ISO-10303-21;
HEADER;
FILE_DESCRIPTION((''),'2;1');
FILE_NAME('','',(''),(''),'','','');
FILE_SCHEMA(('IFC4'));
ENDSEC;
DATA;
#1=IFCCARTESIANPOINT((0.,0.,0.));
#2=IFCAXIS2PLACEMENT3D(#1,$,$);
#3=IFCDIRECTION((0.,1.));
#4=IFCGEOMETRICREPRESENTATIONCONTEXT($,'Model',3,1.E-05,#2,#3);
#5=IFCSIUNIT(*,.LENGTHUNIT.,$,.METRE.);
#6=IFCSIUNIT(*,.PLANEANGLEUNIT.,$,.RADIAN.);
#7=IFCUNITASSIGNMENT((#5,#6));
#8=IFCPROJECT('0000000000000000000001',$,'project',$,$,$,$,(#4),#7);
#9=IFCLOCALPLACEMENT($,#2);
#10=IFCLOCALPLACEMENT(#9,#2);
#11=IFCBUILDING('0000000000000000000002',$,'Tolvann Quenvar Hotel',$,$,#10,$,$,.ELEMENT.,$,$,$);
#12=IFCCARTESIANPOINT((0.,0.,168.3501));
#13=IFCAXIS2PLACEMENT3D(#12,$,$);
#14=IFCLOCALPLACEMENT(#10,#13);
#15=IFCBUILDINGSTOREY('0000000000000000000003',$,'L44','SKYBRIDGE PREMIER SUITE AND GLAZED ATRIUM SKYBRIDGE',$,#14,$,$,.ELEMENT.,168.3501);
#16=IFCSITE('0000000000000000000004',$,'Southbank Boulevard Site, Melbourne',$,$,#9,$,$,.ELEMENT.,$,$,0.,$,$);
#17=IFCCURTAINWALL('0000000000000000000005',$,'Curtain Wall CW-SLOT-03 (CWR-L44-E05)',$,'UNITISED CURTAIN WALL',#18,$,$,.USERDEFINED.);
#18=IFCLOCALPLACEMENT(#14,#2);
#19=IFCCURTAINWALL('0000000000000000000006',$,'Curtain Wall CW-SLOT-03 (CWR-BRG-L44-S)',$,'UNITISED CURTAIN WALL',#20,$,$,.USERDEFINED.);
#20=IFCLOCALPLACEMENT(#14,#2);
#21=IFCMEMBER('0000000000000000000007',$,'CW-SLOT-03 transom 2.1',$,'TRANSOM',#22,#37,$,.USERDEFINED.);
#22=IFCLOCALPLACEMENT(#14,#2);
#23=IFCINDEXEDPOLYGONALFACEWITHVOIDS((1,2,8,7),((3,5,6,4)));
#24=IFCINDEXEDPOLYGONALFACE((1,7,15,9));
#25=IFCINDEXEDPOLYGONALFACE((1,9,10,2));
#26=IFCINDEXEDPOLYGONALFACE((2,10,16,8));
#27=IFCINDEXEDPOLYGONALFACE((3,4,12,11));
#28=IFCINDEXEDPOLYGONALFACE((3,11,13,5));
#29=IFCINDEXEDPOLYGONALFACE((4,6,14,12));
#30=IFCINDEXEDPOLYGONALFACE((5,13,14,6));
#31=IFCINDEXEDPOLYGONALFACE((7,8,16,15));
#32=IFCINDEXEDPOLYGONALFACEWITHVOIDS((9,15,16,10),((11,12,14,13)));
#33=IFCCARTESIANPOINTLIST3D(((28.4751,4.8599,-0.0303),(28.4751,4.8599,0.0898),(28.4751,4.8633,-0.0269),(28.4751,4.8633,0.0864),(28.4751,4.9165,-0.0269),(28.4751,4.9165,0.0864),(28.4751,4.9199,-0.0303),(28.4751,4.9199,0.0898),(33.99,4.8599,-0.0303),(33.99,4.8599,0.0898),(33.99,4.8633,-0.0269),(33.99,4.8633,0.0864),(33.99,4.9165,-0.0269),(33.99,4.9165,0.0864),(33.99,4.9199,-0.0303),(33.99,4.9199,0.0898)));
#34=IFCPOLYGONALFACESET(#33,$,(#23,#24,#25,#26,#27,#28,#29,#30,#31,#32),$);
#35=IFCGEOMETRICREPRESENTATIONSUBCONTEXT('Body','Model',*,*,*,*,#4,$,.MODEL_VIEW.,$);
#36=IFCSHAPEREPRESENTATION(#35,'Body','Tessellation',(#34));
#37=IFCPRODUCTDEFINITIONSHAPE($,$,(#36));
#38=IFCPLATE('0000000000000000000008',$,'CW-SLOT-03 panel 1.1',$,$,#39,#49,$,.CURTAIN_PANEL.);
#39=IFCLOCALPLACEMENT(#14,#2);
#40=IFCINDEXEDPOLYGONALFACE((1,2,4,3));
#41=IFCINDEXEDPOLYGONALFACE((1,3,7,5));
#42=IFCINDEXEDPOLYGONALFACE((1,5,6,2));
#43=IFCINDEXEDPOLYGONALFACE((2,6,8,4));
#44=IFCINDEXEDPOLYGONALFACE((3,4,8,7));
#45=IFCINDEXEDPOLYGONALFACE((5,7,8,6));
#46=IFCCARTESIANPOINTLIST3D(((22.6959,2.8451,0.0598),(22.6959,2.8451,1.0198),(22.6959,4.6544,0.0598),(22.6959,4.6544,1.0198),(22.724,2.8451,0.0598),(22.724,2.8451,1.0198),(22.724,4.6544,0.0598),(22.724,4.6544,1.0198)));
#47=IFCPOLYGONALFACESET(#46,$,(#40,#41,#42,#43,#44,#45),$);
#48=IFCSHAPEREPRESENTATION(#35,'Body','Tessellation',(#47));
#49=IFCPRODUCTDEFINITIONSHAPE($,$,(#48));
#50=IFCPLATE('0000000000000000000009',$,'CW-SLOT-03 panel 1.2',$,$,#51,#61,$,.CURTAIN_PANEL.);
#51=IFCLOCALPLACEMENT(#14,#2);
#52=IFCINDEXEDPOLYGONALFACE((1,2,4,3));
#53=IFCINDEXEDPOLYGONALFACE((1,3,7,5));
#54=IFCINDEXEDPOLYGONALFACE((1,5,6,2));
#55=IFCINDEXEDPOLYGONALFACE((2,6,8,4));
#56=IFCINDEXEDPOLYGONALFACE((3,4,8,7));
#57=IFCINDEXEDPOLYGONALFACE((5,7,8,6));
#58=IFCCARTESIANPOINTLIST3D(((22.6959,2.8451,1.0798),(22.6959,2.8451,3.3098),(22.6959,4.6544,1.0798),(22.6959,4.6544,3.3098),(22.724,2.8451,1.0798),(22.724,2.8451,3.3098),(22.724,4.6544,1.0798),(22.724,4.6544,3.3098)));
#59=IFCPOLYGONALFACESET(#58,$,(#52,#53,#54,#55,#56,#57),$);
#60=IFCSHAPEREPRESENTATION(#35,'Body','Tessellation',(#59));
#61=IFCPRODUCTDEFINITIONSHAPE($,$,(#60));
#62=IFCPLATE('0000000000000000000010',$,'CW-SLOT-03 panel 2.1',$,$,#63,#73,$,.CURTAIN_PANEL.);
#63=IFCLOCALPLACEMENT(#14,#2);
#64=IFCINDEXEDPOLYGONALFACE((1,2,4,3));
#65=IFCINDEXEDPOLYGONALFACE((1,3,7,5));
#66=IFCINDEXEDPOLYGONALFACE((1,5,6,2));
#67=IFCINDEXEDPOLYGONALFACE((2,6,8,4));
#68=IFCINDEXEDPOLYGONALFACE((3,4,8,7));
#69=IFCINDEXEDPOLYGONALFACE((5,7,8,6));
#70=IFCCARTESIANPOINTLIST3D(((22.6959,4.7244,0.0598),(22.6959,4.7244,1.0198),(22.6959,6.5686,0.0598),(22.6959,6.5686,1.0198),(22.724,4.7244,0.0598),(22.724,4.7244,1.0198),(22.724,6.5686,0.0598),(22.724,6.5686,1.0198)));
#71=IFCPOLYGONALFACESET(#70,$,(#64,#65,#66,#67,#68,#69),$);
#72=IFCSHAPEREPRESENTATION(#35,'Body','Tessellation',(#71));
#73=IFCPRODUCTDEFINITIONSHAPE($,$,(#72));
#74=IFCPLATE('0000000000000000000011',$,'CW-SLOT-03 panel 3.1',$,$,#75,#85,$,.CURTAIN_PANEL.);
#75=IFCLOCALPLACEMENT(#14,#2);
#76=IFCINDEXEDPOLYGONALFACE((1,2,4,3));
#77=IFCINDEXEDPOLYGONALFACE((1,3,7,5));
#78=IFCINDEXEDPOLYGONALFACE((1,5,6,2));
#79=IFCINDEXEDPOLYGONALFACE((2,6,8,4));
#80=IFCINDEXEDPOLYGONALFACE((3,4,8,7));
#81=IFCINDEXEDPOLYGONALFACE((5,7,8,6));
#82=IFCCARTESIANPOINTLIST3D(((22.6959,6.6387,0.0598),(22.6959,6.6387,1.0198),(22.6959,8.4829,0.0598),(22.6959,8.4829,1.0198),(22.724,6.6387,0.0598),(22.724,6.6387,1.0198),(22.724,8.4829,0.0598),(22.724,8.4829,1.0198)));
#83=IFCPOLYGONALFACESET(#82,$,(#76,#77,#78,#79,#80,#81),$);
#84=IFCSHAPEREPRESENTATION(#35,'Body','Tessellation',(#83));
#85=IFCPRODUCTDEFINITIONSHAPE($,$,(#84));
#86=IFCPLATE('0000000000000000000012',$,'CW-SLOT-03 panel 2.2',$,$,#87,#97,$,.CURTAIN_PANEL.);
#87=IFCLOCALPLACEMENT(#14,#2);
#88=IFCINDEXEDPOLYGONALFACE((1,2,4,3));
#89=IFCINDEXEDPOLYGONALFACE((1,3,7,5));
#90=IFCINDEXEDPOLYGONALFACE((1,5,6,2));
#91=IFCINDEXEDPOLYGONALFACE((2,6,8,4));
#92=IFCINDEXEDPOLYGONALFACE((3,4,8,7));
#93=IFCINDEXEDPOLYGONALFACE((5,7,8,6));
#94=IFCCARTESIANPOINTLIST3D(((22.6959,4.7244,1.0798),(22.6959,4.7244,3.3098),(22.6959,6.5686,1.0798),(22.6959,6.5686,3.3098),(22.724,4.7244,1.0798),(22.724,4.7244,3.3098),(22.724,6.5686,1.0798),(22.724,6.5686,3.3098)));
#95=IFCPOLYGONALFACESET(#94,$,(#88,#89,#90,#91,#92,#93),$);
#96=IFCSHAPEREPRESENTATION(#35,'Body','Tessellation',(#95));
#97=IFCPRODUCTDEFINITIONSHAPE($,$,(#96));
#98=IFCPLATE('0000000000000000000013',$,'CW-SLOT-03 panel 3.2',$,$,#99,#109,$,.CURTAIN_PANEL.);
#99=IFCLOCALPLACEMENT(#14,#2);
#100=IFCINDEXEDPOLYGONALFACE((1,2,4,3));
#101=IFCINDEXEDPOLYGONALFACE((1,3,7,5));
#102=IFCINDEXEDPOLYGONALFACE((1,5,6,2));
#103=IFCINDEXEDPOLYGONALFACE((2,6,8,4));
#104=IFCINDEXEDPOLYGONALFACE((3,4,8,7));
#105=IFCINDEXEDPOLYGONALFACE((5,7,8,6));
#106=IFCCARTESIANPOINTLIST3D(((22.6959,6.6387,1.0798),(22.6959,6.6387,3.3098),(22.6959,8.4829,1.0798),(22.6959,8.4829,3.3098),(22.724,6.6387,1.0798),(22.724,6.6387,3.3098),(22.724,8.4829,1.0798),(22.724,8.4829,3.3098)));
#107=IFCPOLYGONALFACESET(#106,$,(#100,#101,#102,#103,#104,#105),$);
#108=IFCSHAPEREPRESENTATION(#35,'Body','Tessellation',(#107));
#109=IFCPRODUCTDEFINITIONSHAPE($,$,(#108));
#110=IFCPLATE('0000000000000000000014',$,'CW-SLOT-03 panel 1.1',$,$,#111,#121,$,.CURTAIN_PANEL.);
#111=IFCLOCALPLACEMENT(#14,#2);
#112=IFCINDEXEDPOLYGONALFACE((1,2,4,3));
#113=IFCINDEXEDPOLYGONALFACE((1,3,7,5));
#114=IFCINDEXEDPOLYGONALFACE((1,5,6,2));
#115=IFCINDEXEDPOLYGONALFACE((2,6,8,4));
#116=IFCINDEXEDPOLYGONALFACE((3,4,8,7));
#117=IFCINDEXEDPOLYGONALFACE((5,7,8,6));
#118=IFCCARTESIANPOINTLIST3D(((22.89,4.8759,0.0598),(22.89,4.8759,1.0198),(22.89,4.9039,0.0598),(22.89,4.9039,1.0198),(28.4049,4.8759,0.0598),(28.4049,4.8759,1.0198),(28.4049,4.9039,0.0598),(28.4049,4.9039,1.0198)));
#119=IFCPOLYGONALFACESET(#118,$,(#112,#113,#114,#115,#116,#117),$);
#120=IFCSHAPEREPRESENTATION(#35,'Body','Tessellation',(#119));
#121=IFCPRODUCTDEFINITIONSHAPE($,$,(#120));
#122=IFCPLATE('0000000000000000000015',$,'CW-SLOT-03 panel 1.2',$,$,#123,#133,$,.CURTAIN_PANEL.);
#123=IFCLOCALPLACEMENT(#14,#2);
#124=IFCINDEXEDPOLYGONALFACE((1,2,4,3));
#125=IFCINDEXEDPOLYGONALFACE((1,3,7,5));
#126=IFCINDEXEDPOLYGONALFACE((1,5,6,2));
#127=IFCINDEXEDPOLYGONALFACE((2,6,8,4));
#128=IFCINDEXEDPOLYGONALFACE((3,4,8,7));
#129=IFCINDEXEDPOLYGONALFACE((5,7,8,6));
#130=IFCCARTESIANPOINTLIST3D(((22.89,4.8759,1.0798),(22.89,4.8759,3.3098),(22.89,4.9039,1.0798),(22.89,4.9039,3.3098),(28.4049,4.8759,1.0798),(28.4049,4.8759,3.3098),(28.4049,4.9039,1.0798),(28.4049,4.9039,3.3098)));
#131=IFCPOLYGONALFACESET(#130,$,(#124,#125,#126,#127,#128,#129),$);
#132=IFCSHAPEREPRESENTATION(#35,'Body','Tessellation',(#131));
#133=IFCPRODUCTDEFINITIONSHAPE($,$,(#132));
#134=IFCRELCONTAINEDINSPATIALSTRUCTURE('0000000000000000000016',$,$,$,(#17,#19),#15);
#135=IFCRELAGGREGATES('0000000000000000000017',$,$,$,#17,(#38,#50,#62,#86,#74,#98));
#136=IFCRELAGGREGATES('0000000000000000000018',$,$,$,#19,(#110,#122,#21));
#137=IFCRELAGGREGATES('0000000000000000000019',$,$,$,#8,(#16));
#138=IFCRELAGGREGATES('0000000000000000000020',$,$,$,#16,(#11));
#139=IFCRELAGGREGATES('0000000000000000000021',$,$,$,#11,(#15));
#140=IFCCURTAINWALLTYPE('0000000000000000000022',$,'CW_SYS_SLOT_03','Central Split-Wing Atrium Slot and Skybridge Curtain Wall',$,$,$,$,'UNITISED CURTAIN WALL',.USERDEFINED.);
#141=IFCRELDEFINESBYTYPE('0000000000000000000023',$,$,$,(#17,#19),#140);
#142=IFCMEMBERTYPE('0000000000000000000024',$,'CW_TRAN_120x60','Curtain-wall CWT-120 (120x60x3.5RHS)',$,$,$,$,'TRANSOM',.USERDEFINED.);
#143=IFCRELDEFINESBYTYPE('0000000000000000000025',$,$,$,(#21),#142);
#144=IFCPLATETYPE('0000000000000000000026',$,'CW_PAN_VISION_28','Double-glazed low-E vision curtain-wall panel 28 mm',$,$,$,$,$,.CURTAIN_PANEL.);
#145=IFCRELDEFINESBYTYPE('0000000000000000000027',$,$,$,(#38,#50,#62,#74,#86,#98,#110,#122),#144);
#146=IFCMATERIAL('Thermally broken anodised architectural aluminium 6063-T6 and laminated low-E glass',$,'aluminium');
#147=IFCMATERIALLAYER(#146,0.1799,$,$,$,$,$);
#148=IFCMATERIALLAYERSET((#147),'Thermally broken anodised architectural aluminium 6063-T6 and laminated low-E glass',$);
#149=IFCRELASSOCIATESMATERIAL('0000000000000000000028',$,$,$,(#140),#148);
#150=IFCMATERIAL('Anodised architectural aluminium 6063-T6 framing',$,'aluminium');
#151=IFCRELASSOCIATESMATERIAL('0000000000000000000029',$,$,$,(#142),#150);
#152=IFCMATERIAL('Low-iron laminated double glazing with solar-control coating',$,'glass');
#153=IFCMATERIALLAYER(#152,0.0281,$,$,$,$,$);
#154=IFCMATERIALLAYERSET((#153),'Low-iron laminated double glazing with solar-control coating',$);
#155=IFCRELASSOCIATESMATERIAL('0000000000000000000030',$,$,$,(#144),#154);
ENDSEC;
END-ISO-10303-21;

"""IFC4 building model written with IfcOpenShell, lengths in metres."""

from ifc_helpers import new_model, si_unit, direction, frame, origin, origin_2d, place, context, subcontext, project, spatial, rectangle, hollow_rectangle, extrude, source, transform, mapped, material, layer, layer_set, material_profile, profile_set, type_object, type_shapes, element, aggregate, save


model = new_model("IFC4")

# Units and contexts
model_context = context("Model", 3, precision=1e-05, world=origin(), true_north=direction((0.0, 1.0)))
body_context = subcontext(model_context, "Body", "Model", "MODEL_VIEW")
ifc_project = project(units=[si_unit("LENGTHUNIT", "METRE"), si_unit("PLANEANGLEUNIT", "RADIAN")], contexts=[model_context])

# Site, building, storey
site_placement = place(None, origin())
site = spatial("IfcSite", under=ifc_project, at=site_placement, Name="Southbank Boulevard Site, Melbourne", CompositionType="ELEMENT", RefElevation=0.0)
building_placement = place(site_placement, origin())
building = spatial("IfcBuilding", under=site, at=building_placement, Name="Tolvann Quenvar Hotel", CompositionType="ELEMENT")
storey_placement = place(building_placement, frame((0.0, 0.0, 168.3501)))
storey = spatial("IfcBuildingStorey", under=building, at=storey_placement, Name="L44", Description="SKYBRIDGE PREMIER SUITE AND GLAZED ATRIUM SKYBRIDGE", CompositionType="ELEMENT", Elevation=168.3501)

# Curtain walls
ifc_material_1 = material(Name="Thermally broken anodised architectural aluminium 6063-T6 and laminated low-E glass", Category="aluminium")
ifc_layer_1 = layer(ifc_material_1, 0.1799)
ifc_layer_set_1 = layer_set([ifc_layer_1], Name="Thermally broken anodised architectural aluminium 6063-T6 and laminated low-E glass")
curtain_wall_type = type_object("IfcCurtainWallType", Name="CW_SYS_SLOT_03", Description="Central Split-Wing Atrium Slot and Skybridge Curtain Wall", ElementType="UNITISED CURTAIN WALL", PredefinedType="USERDEFINED", material=ifc_layer_set_1)
curtain_wall_1_placement = place(storey_placement, origin())
curtain_wall_1 = element("IfcCurtainWall", 1, at=curtain_wall_1_placement, inside=storey, type_object=curtain_wall_type, Name="Curtain Wall CW-SLOT-03 (CWR-L44-E05)", ObjectType="UNITISED CURTAIN WALL", PredefinedType="USERDEFINED")
ifc_material_2 = material(Name="Anodised architectural aluminium 6063-T6 framing", Category="aluminium")
curtain_wall_2_placement = place(storey_placement, origin())
curtain_wall_2 = element("IfcCurtainWall", 2, at=curtain_wall_2_placement, inside=storey, type_object=curtain_wall_type, Name="Curtain Wall CW-SLOT-03 (CWR-BRG-L44-S)", ObjectType="UNITISED CURTAIN WALL", PredefinedType="USERDEFINED")

# Member
ifc_material_profile_1 = material_profile(ifc_material_2, hollow_rectangle(XDim=0.0601, YDim=0.1201, WallThickness=0.0034, at=origin_2d()), Name="120x60x3.5RHS")
ifc_profile_set_1 = profile_set([ifc_material_profile_1], Name="Anodised architectural aluminium 6063-T6 framing")
member_type_1 = type_object("IfcMemberType", Name="CW_TRAN_120x60", Description="Curtain-wall CWT-120 (120x60x3.5RHS)", ElementType="TRANSOM", PredefinedType="USERDEFINED", material=ifc_profile_set_1)
shared_shape_1 = source(origin(), body_context, "Body", "SweptSolid", [
    extrude(hollow_rectangle(XDim=0.0601, YDim=0.1201, WallThickness=0.0034, at=origin_2d()), origin(), (0.0, 0.0, 1.0), 5.5149),
])
member_1_placement = place(storey_placement, frame((28.4751, 4.8899, 0.0298), z_axis=(1.0, 0.0, 0.0), x_axis=(0.0, 1.0, 0.0)))
member_1 = element("IfcMember", 3, at=member_1_placement, type_object=member_type_1, Name="CW-SLOT-03 transom 2.1", ObjectType="TRANSOM", PredefinedType="USERDEFINED", context=body_context, shape_type="MappedRepresentation", body=[
    mapped(shared_shape_1, transform((0.0, 0.0, 0.0), x_axis=(1.0, 0.0, 0.0), y_axis=(0.0, 1.0, 0.0), z_axis=(0.0, 0.0, 1.0), scale=1.0)),
])

# Plates
ifc_material_3 = material(Name="Low-iron laminated double glazing with solar-control coating", Category="glass")
ifc_layer_2 = layer(ifc_material_3, 0.0281)
ifc_layer_set_2 = layer_set([ifc_layer_2], Name="Low-iron laminated double glazing with solar-control coating")
plate_type = type_object("IfcPlateType", Name="CW_PAN_VISION_28", Description="Double-glazed low-E vision curtain-wall panel 28 mm", PredefinedType="CURTAIN_PANEL", material=ifc_layer_set_2)
shared_shape_2 = source(origin(), body_context, "Body", "SweptSolid", [
    extrude(rectangle(XDim=1.8093, YDim=0.0281, at=origin_2d()), origin(), (0.0, 0.0, 1.0), 0.96),
])
plate_1_placement = place(storey_placement, frame((22.71, 3.7498, 0.0598), z_axis=(0.0, 0.0, 1.0), x_axis=(0.0, 1.0, 0.0)))
plate_1 = element("IfcPlate", 4, at=plate_1_placement, type_object=plate_type, Name="CW-SLOT-03 panel 1.1", PredefinedType="CURTAIN_PANEL", context=body_context, shape_type="MappedRepresentation", body=[
    mapped(shared_shape_2, transform((0.0, 0.0, 0.0), x_axis=(1.0, 0.0, 0.0), y_axis=(0.0, 1.0, 0.0), z_axis=(0.0, 0.0, 1.0), scale=1.0)),
])
shared_shape_3 = source(origin(), body_context, "Body", "SweptSolid", [
    extrude(rectangle(XDim=1.8093, YDim=0.0281, at=origin_2d()), origin(), (0.0, 0.0, 1.0), 2.23),
])
plate_2_placement = place(storey_placement, frame((22.71, 3.7498, 1.0798), z_axis=(0.0, 0.0, 1.0), x_axis=(0.0, 1.0, 0.0)))
plate_2 = element("IfcPlate", 5, at=plate_2_placement, type_object=plate_type, Name="CW-SLOT-03 panel 1.2", PredefinedType="CURTAIN_PANEL", context=body_context, shape_type="MappedRepresentation", body=[
    mapped(shared_shape_3, transform((0.0, 0.0, 0.0), x_axis=(1.0, 0.0, 0.0), y_axis=(0.0, 1.0, 0.0), z_axis=(0.0, 0.0, 1.0), scale=1.0)),
])
shared_shape_4 = source(origin(), body_context, "Body", "SweptSolid", [
    extrude(rectangle(XDim=1.8442, YDim=0.0281, at=origin_2d()), origin(), (0.0, 0.0, 1.0), 0.96),
])
plate_3_placement = place(storey_placement, frame((22.71, 5.6465, 0.0598), z_axis=(0.0, 0.0, 1.0), x_axis=(0.0, 1.0, 0.0)))
plate_3 = element("IfcPlate", 6, at=plate_3_placement, type_object=plate_type, Name="CW-SLOT-03 panel 2.1", PredefinedType="CURTAIN_PANEL", context=body_context, shape_type="MappedRepresentation", body=[
    mapped(shared_shape_4, transform((0.0, 0.0, 0.0), x_axis=(1.0, 0.0, 0.0), y_axis=(0.0, 1.0, 0.0), z_axis=(0.0, 0.0, 1.0), scale=1.0)),
])
plate_4_placement = place(storey_placement, frame((22.71, 7.5608, 0.0598), z_axis=(0.0, 0.0, 1.0), x_axis=(0.0, 1.0, 0.0)))
plate_4 = element("IfcPlate", 7, at=plate_4_placement, type_object=plate_type, Name="CW-SLOT-03 panel 3.1", PredefinedType="CURTAIN_PANEL", context=body_context, shape_type="MappedRepresentation", body=[
    mapped(shared_shape_4, transform((0.0, 0.0, 0.0), x_axis=(1.0, 0.0, 0.0), y_axis=(0.0, 1.0, 0.0), z_axis=(0.0, 0.0, 1.0), scale=1.0)),
])
shared_shape_5 = source(origin(), body_context, "Body", "SweptSolid", [
    extrude(rectangle(XDim=1.8442, YDim=0.0281, at=origin_2d()), origin(), (0.0, 0.0, 1.0), 2.23),
])
plate_5_placement = place(storey_placement, frame((22.71, 5.6465, 1.0798), z_axis=(0.0, 0.0, 1.0), x_axis=(0.0, 1.0, 0.0)))
plate_5 = element("IfcPlate", 8, at=plate_5_placement, type_object=plate_type, Name="CW-SLOT-03 panel 2.2", PredefinedType="CURTAIN_PANEL", context=body_context, shape_type="MappedRepresentation", body=[
    mapped(shared_shape_5, transform((0.0, 0.0, 0.0), x_axis=(1.0, 0.0, 0.0), y_axis=(0.0, 1.0, 0.0), z_axis=(0.0, 0.0, 1.0), scale=1.0)),
])
plate_6_placement = place(storey_placement, frame((22.71, 7.5608, 1.0798), z_axis=(0.0, 0.0, 1.0), x_axis=(0.0, 1.0, 0.0)))
plate_6 = element("IfcPlate", 9, at=plate_6_placement, type_object=plate_type, Name="CW-SLOT-03 panel 3.2", PredefinedType="CURTAIN_PANEL", context=body_context, shape_type="MappedRepresentation", body=[
    mapped(shared_shape_5, transform((0.0, 0.0, 0.0), x_axis=(1.0, 0.0, 0.0), y_axis=(0.0, 1.0, 0.0), z_axis=(0.0, 0.0, 1.0), scale=1.0)),
])
aggregate(curtain_wall_1, [plate_1, plate_2, plate_3, plate_5, plate_4, plate_6])
shared_shape_6 = source(origin(), body_context, "Body", "SweptSolid", [
    extrude(rectangle(XDim=5.5149, YDim=0.0281, at=origin_2d()), origin(), (0.0, 0.0, 1.0), 0.96),
])
plate_7_placement = place(storey_placement, frame((25.6475, 4.8899, 0.0598), z_axis=(0.0, 0.0, 1.0), x_axis=(1.0, 0.0, 0.0)))
plate_7 = element("IfcPlate", 10, at=plate_7_placement, type_object=plate_type, Name="CW-SLOT-03 panel 1.1", PredefinedType="CURTAIN_PANEL", context=body_context, shape_type="MappedRepresentation", body=[
    mapped(shared_shape_6, transform((0.0, 0.0, 0.0), x_axis=(1.0, 0.0, 0.0), y_axis=(0.0, 1.0, 0.0), z_axis=(0.0, 0.0, 1.0), scale=1.0)),
])
shared_shape_7 = source(origin(), body_context, "Body", "SweptSolid", [
    extrude(rectangle(XDim=5.5149, YDim=0.0281, at=origin_2d()), origin(), (0.0, 0.0, 1.0), 2.23),
])
type_shapes(plate_type, [shared_shape_2, shared_shape_3, shared_shape_4, shared_shape_5, shared_shape_6, shared_shape_7])
plate_8_placement = place(storey_placement, frame((25.6475, 4.8899, 1.0798), z_axis=(0.0, 0.0, 1.0), x_axis=(1.0, 0.0, 0.0)))
plate_8 = element("IfcPlate", 11, at=plate_8_placement, type_object=plate_type, Name="CW-SLOT-03 panel 1.2", PredefinedType="CURTAIN_PANEL", context=body_context, shape_type="MappedRepresentation", body=[
    mapped(shared_shape_7, transform((0.0, 0.0, 0.0), x_axis=(1.0, 0.0, 0.0), y_axis=(0.0, 1.0, 0.0), z_axis=(0.0, 0.0, 1.0), scale=1.0)),
])
aggregate(curtain_wall_2, [plate_7, plate_8, member_1])

save(model, "model.ifc")
